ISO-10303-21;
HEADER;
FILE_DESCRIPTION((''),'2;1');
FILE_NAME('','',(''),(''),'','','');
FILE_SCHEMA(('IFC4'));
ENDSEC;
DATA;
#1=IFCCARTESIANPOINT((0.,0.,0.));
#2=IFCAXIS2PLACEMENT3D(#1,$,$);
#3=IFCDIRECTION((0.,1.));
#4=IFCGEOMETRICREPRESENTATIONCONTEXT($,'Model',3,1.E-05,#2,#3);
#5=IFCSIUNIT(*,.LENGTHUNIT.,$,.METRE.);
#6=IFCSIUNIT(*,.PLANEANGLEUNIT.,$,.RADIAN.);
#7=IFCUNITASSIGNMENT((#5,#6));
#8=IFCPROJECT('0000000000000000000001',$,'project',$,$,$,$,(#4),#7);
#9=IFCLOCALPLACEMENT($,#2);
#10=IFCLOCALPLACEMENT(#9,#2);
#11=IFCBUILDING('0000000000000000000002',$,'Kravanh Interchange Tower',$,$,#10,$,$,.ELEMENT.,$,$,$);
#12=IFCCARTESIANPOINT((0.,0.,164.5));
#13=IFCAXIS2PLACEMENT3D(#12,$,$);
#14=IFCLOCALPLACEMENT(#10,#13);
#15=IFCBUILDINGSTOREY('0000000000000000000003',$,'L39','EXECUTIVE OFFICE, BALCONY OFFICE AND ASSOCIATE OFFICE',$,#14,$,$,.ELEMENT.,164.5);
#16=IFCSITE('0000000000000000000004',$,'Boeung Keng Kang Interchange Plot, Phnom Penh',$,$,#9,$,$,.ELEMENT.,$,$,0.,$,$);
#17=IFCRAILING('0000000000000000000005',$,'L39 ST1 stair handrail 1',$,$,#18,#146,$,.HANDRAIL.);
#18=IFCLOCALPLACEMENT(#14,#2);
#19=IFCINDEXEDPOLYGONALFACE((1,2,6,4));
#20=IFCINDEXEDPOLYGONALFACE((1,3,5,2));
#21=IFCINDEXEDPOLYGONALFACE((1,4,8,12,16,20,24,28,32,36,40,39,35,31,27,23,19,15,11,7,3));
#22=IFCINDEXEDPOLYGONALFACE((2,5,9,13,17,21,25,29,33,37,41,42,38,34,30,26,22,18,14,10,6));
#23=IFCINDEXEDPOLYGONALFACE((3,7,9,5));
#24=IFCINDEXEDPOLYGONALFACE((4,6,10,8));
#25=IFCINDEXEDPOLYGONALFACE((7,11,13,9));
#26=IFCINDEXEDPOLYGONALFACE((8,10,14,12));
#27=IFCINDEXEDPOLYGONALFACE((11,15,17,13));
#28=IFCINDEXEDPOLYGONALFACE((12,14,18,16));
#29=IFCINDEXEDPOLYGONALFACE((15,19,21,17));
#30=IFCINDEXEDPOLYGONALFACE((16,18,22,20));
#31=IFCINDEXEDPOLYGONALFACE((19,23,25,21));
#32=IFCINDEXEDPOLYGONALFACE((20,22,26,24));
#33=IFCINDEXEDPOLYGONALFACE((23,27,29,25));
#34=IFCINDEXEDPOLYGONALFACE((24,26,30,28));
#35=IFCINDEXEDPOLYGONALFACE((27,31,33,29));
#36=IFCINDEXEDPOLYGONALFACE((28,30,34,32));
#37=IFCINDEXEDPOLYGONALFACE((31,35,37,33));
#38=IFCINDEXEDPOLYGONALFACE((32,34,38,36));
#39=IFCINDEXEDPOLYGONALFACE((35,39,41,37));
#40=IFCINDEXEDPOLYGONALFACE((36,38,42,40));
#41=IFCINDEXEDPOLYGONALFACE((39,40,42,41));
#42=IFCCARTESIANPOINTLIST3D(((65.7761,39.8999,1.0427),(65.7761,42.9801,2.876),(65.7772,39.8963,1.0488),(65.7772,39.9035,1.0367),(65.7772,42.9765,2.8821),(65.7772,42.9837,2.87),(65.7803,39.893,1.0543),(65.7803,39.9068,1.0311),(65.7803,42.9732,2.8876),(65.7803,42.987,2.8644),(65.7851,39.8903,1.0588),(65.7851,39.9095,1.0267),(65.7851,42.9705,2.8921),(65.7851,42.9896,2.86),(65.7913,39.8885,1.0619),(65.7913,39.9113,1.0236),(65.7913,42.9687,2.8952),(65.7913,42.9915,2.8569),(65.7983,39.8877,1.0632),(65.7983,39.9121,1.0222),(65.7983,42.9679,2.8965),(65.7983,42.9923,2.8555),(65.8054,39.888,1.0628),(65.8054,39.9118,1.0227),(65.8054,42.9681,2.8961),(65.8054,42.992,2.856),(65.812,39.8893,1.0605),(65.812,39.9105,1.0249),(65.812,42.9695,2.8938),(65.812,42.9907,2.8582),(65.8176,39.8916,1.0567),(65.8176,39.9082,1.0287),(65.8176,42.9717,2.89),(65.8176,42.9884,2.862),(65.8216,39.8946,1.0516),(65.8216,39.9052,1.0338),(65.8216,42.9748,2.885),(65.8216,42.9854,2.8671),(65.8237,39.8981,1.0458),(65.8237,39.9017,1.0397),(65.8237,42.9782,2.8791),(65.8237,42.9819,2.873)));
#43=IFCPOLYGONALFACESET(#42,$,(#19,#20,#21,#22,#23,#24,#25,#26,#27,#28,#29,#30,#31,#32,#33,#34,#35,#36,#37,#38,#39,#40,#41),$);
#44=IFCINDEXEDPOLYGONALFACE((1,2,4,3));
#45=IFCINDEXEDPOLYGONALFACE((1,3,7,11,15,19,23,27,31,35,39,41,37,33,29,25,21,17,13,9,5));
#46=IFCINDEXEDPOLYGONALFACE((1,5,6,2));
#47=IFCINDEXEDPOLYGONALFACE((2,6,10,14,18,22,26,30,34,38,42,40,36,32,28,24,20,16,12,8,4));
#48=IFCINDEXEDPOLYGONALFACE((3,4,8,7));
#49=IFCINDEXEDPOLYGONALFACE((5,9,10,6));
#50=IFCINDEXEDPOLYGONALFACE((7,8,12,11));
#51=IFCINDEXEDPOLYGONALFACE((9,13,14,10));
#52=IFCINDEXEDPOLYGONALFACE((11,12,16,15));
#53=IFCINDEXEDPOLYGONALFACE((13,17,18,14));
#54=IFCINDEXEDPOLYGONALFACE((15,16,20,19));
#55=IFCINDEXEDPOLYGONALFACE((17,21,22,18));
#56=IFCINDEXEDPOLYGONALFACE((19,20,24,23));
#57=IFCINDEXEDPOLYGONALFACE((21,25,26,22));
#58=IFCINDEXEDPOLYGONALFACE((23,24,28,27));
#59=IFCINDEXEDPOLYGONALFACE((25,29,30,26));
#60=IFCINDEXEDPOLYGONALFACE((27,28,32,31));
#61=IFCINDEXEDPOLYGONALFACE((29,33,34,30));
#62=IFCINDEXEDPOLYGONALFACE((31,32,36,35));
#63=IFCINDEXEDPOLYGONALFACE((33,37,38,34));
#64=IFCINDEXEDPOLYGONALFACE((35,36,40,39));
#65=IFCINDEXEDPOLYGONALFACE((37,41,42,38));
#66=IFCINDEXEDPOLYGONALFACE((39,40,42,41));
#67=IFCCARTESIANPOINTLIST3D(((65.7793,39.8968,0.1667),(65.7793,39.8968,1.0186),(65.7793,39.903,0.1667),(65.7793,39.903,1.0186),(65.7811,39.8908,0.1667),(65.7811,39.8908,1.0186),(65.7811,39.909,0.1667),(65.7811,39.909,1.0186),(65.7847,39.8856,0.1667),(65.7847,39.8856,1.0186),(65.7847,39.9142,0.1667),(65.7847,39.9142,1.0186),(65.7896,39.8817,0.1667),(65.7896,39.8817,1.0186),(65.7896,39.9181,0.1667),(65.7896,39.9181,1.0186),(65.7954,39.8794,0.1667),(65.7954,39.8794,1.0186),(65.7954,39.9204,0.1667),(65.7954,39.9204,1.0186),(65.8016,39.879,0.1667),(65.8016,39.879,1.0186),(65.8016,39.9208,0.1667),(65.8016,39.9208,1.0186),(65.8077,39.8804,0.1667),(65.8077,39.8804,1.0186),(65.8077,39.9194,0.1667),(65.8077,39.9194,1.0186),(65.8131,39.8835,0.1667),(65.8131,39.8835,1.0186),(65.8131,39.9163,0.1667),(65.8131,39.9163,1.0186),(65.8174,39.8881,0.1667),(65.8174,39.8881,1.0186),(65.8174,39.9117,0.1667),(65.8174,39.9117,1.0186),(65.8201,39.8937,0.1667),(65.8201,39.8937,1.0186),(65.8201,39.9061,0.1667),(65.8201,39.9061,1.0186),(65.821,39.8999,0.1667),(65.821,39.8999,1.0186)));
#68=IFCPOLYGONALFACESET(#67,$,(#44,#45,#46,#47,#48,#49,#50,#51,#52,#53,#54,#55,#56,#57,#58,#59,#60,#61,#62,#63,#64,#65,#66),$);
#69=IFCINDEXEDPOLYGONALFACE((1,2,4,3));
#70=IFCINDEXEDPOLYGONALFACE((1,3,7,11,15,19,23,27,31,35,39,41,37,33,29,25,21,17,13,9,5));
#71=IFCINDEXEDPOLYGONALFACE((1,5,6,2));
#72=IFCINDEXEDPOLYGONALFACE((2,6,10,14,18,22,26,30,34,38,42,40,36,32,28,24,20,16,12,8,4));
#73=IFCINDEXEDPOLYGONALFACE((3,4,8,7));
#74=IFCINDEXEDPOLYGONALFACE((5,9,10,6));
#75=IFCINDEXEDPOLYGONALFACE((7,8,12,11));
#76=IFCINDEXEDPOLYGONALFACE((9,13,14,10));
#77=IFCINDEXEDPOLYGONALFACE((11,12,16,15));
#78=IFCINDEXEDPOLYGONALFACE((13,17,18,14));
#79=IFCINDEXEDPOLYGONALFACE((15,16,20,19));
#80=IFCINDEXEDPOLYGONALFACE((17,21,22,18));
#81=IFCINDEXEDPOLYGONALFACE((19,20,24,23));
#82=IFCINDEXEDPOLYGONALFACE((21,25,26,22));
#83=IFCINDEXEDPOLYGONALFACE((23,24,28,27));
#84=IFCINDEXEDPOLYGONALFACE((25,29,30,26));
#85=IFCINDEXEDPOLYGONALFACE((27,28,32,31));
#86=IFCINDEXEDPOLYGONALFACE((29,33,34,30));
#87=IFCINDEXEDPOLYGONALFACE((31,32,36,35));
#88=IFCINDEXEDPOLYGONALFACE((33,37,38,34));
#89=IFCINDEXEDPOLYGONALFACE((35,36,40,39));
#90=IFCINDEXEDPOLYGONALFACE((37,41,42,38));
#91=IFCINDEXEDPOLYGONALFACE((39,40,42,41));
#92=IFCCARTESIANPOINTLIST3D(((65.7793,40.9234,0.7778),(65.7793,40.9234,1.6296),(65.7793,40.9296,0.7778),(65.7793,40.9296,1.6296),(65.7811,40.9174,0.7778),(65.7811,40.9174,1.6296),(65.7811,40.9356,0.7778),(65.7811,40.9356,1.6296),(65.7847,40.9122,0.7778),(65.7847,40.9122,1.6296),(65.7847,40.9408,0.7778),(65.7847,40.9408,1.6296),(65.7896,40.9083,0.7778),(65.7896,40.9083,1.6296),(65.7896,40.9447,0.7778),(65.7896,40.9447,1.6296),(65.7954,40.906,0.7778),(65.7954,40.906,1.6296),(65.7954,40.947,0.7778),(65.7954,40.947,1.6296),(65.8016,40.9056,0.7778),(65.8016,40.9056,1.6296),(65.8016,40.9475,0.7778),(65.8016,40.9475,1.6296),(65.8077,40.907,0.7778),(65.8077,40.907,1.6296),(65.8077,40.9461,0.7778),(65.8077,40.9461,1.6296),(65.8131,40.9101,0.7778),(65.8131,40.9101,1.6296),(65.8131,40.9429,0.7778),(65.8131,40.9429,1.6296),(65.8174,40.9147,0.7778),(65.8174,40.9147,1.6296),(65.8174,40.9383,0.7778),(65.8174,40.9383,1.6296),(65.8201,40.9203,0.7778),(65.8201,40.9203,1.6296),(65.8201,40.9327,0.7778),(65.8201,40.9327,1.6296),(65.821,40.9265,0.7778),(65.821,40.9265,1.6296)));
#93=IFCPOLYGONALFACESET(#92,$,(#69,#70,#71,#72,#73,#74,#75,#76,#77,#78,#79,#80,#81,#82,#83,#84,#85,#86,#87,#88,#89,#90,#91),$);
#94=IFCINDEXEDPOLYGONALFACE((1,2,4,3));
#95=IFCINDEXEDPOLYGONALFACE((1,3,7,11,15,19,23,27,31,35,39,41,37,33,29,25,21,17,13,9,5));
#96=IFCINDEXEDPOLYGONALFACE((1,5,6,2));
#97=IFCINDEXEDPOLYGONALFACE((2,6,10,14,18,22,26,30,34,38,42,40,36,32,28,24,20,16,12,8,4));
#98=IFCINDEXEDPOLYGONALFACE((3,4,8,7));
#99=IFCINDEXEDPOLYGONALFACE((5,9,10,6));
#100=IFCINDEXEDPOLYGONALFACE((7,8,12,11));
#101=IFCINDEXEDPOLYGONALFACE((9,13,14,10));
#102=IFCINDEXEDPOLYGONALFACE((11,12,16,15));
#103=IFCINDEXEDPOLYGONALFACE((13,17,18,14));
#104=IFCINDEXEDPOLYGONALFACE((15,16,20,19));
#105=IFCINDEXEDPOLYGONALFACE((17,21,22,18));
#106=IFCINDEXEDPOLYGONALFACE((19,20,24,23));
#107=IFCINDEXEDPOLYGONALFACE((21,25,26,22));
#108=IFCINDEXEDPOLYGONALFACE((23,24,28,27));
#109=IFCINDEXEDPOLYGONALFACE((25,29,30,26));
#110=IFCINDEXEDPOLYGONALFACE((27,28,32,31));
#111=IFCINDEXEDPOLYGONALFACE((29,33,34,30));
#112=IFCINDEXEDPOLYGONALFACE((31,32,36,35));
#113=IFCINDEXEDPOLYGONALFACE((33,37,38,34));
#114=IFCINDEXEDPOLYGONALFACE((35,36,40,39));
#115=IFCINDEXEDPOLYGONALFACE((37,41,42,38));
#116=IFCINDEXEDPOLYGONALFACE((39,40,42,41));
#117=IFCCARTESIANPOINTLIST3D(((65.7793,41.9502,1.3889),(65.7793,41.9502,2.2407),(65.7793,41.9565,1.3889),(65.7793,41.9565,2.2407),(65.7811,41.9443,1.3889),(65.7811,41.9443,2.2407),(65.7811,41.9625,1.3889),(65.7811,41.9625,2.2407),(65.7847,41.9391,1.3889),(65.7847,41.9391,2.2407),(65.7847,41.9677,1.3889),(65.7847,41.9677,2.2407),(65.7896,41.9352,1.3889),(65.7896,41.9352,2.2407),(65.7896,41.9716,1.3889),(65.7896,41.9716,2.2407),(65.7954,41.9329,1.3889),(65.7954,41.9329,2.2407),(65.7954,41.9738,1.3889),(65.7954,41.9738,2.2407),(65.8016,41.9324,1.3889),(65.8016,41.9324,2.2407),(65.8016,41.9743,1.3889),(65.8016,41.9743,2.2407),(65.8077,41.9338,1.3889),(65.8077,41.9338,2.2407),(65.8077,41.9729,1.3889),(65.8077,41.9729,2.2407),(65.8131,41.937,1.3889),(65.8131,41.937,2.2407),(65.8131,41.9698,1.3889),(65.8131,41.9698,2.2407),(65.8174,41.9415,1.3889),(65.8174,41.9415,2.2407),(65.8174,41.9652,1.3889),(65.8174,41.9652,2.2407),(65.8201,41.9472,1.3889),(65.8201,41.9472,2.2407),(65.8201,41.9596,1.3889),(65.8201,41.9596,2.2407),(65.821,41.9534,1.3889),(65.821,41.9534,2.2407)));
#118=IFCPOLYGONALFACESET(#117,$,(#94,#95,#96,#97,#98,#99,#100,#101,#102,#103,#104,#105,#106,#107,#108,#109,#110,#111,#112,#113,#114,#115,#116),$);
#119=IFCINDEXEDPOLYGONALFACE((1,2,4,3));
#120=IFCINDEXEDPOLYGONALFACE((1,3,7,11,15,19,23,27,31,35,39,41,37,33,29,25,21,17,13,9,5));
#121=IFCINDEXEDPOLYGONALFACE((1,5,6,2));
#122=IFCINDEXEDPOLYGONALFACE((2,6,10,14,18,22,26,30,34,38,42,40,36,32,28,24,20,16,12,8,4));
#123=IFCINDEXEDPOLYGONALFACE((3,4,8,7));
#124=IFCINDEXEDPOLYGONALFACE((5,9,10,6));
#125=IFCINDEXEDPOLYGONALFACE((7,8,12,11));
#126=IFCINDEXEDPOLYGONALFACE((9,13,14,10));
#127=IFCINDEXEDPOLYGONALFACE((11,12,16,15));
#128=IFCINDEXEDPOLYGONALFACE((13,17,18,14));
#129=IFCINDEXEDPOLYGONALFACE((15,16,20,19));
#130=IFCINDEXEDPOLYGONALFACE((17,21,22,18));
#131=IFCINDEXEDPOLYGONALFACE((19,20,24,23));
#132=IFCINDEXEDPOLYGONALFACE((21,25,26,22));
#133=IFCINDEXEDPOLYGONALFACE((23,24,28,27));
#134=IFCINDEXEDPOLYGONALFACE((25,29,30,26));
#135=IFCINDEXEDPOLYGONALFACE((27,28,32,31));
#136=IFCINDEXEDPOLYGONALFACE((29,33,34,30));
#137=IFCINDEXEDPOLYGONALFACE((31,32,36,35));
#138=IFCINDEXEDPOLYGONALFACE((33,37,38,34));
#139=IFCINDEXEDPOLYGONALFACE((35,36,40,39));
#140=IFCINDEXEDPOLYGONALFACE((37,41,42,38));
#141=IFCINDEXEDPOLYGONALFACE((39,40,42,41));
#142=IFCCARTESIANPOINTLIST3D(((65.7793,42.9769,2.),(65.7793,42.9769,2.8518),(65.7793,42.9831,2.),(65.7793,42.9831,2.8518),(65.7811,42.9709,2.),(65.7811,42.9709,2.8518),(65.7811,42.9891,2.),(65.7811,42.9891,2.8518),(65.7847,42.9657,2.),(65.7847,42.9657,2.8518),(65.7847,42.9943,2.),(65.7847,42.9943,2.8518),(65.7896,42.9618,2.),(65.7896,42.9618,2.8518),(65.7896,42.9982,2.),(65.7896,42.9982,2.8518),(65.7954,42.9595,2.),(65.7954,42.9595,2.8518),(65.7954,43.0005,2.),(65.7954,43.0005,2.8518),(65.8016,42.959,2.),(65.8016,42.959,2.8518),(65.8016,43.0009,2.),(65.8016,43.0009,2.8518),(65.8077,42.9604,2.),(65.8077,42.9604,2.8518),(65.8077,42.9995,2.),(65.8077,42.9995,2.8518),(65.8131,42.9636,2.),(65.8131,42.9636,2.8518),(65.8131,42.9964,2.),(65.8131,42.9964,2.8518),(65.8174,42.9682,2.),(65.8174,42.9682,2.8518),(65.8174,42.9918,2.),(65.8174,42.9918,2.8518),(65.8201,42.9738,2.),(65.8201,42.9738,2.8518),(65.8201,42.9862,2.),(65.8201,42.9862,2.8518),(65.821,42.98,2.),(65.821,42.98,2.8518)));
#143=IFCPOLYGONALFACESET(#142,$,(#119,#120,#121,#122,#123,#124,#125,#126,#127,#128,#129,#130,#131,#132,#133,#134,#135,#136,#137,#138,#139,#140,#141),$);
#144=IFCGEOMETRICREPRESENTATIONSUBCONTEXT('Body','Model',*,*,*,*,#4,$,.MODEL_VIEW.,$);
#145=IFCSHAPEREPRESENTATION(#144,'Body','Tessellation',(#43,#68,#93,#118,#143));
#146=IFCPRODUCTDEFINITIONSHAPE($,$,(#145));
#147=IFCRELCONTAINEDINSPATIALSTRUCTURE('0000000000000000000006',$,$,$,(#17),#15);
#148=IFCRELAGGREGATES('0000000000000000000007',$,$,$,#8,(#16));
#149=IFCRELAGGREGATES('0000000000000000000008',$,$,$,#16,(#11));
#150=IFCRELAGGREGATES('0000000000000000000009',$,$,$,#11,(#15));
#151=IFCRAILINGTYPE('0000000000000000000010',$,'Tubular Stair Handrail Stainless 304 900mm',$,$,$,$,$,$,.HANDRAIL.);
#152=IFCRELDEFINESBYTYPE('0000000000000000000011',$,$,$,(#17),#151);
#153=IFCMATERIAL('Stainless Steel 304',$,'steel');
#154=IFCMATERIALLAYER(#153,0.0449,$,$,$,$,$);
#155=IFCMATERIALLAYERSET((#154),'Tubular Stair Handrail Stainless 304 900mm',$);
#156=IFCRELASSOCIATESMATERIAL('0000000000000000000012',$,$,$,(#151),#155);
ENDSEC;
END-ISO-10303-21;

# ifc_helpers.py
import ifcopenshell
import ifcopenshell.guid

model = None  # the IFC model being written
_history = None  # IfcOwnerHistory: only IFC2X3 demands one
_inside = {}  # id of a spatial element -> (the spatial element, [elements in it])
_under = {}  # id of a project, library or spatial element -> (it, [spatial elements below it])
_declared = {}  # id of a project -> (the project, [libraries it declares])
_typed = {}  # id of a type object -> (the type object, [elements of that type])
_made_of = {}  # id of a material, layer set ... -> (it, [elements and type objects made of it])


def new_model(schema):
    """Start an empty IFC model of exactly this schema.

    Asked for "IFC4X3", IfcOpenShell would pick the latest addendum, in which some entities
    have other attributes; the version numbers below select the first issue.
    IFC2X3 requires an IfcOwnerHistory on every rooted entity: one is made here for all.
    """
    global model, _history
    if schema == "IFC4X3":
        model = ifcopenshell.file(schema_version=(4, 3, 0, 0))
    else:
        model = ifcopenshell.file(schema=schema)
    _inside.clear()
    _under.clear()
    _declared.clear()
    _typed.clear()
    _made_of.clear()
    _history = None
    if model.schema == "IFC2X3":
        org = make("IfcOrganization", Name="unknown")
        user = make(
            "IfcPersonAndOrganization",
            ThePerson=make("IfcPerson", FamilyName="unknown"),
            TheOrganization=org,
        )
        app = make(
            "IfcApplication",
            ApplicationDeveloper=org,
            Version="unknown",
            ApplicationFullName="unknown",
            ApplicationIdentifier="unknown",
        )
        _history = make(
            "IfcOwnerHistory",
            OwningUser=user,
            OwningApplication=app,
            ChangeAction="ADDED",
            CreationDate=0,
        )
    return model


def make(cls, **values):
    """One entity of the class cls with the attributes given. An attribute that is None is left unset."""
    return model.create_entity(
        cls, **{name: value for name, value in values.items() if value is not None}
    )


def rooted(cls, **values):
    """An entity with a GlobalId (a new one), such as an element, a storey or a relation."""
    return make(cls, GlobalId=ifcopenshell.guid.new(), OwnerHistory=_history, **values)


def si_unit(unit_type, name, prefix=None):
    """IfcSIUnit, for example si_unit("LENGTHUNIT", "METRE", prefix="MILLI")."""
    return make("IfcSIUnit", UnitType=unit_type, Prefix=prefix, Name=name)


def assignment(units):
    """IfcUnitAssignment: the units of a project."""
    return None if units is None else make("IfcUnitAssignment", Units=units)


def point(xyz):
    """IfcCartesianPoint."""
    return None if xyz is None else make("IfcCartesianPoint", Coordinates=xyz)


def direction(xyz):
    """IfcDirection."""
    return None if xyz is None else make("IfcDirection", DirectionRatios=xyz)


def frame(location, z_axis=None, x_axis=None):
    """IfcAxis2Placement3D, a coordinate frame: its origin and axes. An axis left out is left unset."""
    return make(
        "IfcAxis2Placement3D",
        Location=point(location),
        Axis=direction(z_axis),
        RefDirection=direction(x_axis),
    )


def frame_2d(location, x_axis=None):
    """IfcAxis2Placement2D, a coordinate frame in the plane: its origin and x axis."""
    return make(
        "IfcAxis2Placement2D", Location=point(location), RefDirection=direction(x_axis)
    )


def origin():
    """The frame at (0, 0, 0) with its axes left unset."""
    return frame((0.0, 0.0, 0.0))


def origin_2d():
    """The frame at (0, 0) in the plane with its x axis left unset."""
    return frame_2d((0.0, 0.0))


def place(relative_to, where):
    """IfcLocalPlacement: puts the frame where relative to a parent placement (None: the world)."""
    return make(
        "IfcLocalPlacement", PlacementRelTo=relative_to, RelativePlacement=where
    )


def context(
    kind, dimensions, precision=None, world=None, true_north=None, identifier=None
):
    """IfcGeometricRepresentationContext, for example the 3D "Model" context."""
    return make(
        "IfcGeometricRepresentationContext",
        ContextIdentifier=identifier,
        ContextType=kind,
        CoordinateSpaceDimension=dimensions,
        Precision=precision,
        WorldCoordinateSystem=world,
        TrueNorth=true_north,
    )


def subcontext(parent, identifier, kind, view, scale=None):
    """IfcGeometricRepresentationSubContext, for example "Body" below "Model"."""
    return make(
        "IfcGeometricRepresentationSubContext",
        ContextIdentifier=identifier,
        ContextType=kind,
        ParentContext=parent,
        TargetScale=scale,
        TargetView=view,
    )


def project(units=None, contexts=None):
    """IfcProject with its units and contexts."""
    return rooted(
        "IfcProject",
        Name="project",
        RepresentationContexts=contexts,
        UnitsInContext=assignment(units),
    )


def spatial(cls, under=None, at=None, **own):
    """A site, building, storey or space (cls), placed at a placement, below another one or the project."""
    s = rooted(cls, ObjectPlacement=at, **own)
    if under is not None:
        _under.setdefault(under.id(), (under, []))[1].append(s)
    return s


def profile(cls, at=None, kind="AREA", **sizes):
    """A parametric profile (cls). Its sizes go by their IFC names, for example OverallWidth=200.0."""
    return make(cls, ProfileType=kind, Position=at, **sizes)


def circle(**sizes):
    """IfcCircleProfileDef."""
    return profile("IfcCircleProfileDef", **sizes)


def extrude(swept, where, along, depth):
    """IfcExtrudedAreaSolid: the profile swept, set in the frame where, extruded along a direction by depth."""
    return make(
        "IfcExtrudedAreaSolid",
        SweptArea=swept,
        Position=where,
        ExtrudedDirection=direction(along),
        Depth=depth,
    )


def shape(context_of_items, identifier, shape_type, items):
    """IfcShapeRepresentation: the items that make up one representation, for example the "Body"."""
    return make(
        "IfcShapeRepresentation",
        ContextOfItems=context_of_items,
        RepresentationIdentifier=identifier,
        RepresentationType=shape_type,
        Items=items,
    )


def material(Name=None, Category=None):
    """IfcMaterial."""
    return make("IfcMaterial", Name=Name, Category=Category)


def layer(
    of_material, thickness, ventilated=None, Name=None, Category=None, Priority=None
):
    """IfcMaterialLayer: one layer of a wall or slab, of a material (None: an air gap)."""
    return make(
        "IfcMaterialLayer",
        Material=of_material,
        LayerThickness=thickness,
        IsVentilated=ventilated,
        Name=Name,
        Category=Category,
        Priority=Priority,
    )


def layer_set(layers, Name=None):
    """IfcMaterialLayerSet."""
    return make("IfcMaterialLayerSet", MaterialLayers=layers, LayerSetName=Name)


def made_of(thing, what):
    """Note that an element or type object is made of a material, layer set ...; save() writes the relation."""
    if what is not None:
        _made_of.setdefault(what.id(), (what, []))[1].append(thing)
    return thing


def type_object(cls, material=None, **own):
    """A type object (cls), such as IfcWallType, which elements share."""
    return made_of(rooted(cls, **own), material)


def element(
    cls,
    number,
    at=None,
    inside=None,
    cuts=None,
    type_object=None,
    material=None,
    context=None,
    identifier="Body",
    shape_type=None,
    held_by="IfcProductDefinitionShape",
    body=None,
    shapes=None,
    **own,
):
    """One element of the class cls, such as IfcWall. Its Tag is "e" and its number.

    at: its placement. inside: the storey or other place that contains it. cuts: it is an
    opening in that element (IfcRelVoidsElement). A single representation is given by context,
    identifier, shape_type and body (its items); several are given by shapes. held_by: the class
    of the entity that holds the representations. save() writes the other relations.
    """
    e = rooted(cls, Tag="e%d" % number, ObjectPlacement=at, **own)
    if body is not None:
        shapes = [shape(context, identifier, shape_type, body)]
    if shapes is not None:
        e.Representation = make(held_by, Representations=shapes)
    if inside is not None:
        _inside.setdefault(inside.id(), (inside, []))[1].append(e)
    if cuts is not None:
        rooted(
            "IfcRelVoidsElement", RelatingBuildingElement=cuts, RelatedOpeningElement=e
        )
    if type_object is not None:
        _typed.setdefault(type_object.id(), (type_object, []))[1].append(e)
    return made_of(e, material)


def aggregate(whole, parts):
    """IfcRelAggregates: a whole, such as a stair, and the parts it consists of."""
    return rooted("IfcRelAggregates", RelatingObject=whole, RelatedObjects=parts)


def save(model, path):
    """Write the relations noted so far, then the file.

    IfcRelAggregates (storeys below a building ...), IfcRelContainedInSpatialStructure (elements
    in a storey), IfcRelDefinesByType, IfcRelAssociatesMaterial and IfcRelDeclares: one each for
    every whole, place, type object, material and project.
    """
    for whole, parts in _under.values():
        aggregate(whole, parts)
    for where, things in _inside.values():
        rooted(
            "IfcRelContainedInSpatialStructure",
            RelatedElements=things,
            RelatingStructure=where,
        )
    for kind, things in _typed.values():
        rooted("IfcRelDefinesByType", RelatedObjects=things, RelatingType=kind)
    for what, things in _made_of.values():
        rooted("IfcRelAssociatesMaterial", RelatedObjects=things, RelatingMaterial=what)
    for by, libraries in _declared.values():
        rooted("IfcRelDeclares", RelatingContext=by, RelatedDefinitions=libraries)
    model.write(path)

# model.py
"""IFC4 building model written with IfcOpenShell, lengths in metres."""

from ifc_helpers import new_model, si_unit, direction, frame, origin, origin_2d, place, context, subcontext, project, spatial, circle, extrude, material, layer, layer_set, type_object, element, save


model = new_model("IFC4")

# Units and contexts
model_context = context("Model", 3, precision=1e-05, world=origin(), true_north=direction((0.0, 1.0)))
body_context = subcontext(model_context, "Body", "Model", "MODEL_VIEW")
ifc_project = project(units=[si_unit("LENGTHUNIT", "METRE"), si_unit("PLANEANGLEUNIT", "RADIAN")], contexts=[model_context])

# Site, building, storey
site_placement = place(None, origin())
site = spatial("IfcSite", under=ifc_project, at=site_placement, Name="Boeung Keng Kang Interchange Plot, Phnom Penh", CompositionType="ELEMENT", RefElevation=0.0)
building_placement = place(site_placement, origin())
building = spatial("IfcBuilding", under=site, at=building_placement, Name="Kravanh Interchange Tower", CompositionType="ELEMENT")
storey_placement = place(building_placement, frame((0.0, 0.0, 164.5)))
storey = spatial("IfcBuildingStorey", under=building, at=storey_placement, Name="L39", Description="EXECUTIVE OFFICE, BALCONY OFFICE AND ASSOCIATE OFFICE", CompositionType="ELEMENT", Elevation=164.5)

# Railing
ifc_material_1 = material(Name="Stainless Steel 304", Category="steel")
ifc_layer_1 = layer(ifc_material_1, 0.0449)
ifc_layer_set_1 = layer_set([ifc_layer_1], Name="Tubular Stair Handrail Stainless 304 900mm")
railing_type_1 = type_object("IfcRailingType", Name="Tubular Stair Handrail Stainless 304 900mm", PredefinedType="HANDRAIL", material=ifc_layer_set_1)
railing_1_placement = place(storey_placement, frame((65.8, 39.8999, 0.1667)))
element("IfcRailing", 1, at=railing_1_placement, inside=storey, type_object=railing_type_1, Name="L39 ST1 stair handrail 1", PredefinedType="HANDRAIL", context=body_context, shape_type="SweptSolid", body=[
    extrude(circle(Radius=0.0239, at=origin_2d()), frame((0.0, 0.0, 0.876), z_axis=(0.0, 0.859309, 0.511458), x_axis=(-1.0, 0.0, 0.0)), (0.0, 0.0, 1.0), 3.5845),
    extrude(circle(Radius=0.021, at=origin_2d()), origin(), (0.0, 0.0, 1.0), 0.8518),
    extrude(circle(Radius=0.021, at=origin_2d()), frame((0.0, 1.0266, 0.6111)), (0.0, 0.0, 1.0), 0.8518),
    extrude(circle(Radius=0.021, at=origin_2d()), frame((0.0, 2.0535, 1.2222)), (0.0, 0.0, 1.0), 0.8518),
    extrude(circle(Radius=0.021, at=origin_2d()), frame((0.0, 3.0801, 1.8333)), (0.0, 0.0, 1.0), 0.8518),
])

save(model, "model.ifc")
